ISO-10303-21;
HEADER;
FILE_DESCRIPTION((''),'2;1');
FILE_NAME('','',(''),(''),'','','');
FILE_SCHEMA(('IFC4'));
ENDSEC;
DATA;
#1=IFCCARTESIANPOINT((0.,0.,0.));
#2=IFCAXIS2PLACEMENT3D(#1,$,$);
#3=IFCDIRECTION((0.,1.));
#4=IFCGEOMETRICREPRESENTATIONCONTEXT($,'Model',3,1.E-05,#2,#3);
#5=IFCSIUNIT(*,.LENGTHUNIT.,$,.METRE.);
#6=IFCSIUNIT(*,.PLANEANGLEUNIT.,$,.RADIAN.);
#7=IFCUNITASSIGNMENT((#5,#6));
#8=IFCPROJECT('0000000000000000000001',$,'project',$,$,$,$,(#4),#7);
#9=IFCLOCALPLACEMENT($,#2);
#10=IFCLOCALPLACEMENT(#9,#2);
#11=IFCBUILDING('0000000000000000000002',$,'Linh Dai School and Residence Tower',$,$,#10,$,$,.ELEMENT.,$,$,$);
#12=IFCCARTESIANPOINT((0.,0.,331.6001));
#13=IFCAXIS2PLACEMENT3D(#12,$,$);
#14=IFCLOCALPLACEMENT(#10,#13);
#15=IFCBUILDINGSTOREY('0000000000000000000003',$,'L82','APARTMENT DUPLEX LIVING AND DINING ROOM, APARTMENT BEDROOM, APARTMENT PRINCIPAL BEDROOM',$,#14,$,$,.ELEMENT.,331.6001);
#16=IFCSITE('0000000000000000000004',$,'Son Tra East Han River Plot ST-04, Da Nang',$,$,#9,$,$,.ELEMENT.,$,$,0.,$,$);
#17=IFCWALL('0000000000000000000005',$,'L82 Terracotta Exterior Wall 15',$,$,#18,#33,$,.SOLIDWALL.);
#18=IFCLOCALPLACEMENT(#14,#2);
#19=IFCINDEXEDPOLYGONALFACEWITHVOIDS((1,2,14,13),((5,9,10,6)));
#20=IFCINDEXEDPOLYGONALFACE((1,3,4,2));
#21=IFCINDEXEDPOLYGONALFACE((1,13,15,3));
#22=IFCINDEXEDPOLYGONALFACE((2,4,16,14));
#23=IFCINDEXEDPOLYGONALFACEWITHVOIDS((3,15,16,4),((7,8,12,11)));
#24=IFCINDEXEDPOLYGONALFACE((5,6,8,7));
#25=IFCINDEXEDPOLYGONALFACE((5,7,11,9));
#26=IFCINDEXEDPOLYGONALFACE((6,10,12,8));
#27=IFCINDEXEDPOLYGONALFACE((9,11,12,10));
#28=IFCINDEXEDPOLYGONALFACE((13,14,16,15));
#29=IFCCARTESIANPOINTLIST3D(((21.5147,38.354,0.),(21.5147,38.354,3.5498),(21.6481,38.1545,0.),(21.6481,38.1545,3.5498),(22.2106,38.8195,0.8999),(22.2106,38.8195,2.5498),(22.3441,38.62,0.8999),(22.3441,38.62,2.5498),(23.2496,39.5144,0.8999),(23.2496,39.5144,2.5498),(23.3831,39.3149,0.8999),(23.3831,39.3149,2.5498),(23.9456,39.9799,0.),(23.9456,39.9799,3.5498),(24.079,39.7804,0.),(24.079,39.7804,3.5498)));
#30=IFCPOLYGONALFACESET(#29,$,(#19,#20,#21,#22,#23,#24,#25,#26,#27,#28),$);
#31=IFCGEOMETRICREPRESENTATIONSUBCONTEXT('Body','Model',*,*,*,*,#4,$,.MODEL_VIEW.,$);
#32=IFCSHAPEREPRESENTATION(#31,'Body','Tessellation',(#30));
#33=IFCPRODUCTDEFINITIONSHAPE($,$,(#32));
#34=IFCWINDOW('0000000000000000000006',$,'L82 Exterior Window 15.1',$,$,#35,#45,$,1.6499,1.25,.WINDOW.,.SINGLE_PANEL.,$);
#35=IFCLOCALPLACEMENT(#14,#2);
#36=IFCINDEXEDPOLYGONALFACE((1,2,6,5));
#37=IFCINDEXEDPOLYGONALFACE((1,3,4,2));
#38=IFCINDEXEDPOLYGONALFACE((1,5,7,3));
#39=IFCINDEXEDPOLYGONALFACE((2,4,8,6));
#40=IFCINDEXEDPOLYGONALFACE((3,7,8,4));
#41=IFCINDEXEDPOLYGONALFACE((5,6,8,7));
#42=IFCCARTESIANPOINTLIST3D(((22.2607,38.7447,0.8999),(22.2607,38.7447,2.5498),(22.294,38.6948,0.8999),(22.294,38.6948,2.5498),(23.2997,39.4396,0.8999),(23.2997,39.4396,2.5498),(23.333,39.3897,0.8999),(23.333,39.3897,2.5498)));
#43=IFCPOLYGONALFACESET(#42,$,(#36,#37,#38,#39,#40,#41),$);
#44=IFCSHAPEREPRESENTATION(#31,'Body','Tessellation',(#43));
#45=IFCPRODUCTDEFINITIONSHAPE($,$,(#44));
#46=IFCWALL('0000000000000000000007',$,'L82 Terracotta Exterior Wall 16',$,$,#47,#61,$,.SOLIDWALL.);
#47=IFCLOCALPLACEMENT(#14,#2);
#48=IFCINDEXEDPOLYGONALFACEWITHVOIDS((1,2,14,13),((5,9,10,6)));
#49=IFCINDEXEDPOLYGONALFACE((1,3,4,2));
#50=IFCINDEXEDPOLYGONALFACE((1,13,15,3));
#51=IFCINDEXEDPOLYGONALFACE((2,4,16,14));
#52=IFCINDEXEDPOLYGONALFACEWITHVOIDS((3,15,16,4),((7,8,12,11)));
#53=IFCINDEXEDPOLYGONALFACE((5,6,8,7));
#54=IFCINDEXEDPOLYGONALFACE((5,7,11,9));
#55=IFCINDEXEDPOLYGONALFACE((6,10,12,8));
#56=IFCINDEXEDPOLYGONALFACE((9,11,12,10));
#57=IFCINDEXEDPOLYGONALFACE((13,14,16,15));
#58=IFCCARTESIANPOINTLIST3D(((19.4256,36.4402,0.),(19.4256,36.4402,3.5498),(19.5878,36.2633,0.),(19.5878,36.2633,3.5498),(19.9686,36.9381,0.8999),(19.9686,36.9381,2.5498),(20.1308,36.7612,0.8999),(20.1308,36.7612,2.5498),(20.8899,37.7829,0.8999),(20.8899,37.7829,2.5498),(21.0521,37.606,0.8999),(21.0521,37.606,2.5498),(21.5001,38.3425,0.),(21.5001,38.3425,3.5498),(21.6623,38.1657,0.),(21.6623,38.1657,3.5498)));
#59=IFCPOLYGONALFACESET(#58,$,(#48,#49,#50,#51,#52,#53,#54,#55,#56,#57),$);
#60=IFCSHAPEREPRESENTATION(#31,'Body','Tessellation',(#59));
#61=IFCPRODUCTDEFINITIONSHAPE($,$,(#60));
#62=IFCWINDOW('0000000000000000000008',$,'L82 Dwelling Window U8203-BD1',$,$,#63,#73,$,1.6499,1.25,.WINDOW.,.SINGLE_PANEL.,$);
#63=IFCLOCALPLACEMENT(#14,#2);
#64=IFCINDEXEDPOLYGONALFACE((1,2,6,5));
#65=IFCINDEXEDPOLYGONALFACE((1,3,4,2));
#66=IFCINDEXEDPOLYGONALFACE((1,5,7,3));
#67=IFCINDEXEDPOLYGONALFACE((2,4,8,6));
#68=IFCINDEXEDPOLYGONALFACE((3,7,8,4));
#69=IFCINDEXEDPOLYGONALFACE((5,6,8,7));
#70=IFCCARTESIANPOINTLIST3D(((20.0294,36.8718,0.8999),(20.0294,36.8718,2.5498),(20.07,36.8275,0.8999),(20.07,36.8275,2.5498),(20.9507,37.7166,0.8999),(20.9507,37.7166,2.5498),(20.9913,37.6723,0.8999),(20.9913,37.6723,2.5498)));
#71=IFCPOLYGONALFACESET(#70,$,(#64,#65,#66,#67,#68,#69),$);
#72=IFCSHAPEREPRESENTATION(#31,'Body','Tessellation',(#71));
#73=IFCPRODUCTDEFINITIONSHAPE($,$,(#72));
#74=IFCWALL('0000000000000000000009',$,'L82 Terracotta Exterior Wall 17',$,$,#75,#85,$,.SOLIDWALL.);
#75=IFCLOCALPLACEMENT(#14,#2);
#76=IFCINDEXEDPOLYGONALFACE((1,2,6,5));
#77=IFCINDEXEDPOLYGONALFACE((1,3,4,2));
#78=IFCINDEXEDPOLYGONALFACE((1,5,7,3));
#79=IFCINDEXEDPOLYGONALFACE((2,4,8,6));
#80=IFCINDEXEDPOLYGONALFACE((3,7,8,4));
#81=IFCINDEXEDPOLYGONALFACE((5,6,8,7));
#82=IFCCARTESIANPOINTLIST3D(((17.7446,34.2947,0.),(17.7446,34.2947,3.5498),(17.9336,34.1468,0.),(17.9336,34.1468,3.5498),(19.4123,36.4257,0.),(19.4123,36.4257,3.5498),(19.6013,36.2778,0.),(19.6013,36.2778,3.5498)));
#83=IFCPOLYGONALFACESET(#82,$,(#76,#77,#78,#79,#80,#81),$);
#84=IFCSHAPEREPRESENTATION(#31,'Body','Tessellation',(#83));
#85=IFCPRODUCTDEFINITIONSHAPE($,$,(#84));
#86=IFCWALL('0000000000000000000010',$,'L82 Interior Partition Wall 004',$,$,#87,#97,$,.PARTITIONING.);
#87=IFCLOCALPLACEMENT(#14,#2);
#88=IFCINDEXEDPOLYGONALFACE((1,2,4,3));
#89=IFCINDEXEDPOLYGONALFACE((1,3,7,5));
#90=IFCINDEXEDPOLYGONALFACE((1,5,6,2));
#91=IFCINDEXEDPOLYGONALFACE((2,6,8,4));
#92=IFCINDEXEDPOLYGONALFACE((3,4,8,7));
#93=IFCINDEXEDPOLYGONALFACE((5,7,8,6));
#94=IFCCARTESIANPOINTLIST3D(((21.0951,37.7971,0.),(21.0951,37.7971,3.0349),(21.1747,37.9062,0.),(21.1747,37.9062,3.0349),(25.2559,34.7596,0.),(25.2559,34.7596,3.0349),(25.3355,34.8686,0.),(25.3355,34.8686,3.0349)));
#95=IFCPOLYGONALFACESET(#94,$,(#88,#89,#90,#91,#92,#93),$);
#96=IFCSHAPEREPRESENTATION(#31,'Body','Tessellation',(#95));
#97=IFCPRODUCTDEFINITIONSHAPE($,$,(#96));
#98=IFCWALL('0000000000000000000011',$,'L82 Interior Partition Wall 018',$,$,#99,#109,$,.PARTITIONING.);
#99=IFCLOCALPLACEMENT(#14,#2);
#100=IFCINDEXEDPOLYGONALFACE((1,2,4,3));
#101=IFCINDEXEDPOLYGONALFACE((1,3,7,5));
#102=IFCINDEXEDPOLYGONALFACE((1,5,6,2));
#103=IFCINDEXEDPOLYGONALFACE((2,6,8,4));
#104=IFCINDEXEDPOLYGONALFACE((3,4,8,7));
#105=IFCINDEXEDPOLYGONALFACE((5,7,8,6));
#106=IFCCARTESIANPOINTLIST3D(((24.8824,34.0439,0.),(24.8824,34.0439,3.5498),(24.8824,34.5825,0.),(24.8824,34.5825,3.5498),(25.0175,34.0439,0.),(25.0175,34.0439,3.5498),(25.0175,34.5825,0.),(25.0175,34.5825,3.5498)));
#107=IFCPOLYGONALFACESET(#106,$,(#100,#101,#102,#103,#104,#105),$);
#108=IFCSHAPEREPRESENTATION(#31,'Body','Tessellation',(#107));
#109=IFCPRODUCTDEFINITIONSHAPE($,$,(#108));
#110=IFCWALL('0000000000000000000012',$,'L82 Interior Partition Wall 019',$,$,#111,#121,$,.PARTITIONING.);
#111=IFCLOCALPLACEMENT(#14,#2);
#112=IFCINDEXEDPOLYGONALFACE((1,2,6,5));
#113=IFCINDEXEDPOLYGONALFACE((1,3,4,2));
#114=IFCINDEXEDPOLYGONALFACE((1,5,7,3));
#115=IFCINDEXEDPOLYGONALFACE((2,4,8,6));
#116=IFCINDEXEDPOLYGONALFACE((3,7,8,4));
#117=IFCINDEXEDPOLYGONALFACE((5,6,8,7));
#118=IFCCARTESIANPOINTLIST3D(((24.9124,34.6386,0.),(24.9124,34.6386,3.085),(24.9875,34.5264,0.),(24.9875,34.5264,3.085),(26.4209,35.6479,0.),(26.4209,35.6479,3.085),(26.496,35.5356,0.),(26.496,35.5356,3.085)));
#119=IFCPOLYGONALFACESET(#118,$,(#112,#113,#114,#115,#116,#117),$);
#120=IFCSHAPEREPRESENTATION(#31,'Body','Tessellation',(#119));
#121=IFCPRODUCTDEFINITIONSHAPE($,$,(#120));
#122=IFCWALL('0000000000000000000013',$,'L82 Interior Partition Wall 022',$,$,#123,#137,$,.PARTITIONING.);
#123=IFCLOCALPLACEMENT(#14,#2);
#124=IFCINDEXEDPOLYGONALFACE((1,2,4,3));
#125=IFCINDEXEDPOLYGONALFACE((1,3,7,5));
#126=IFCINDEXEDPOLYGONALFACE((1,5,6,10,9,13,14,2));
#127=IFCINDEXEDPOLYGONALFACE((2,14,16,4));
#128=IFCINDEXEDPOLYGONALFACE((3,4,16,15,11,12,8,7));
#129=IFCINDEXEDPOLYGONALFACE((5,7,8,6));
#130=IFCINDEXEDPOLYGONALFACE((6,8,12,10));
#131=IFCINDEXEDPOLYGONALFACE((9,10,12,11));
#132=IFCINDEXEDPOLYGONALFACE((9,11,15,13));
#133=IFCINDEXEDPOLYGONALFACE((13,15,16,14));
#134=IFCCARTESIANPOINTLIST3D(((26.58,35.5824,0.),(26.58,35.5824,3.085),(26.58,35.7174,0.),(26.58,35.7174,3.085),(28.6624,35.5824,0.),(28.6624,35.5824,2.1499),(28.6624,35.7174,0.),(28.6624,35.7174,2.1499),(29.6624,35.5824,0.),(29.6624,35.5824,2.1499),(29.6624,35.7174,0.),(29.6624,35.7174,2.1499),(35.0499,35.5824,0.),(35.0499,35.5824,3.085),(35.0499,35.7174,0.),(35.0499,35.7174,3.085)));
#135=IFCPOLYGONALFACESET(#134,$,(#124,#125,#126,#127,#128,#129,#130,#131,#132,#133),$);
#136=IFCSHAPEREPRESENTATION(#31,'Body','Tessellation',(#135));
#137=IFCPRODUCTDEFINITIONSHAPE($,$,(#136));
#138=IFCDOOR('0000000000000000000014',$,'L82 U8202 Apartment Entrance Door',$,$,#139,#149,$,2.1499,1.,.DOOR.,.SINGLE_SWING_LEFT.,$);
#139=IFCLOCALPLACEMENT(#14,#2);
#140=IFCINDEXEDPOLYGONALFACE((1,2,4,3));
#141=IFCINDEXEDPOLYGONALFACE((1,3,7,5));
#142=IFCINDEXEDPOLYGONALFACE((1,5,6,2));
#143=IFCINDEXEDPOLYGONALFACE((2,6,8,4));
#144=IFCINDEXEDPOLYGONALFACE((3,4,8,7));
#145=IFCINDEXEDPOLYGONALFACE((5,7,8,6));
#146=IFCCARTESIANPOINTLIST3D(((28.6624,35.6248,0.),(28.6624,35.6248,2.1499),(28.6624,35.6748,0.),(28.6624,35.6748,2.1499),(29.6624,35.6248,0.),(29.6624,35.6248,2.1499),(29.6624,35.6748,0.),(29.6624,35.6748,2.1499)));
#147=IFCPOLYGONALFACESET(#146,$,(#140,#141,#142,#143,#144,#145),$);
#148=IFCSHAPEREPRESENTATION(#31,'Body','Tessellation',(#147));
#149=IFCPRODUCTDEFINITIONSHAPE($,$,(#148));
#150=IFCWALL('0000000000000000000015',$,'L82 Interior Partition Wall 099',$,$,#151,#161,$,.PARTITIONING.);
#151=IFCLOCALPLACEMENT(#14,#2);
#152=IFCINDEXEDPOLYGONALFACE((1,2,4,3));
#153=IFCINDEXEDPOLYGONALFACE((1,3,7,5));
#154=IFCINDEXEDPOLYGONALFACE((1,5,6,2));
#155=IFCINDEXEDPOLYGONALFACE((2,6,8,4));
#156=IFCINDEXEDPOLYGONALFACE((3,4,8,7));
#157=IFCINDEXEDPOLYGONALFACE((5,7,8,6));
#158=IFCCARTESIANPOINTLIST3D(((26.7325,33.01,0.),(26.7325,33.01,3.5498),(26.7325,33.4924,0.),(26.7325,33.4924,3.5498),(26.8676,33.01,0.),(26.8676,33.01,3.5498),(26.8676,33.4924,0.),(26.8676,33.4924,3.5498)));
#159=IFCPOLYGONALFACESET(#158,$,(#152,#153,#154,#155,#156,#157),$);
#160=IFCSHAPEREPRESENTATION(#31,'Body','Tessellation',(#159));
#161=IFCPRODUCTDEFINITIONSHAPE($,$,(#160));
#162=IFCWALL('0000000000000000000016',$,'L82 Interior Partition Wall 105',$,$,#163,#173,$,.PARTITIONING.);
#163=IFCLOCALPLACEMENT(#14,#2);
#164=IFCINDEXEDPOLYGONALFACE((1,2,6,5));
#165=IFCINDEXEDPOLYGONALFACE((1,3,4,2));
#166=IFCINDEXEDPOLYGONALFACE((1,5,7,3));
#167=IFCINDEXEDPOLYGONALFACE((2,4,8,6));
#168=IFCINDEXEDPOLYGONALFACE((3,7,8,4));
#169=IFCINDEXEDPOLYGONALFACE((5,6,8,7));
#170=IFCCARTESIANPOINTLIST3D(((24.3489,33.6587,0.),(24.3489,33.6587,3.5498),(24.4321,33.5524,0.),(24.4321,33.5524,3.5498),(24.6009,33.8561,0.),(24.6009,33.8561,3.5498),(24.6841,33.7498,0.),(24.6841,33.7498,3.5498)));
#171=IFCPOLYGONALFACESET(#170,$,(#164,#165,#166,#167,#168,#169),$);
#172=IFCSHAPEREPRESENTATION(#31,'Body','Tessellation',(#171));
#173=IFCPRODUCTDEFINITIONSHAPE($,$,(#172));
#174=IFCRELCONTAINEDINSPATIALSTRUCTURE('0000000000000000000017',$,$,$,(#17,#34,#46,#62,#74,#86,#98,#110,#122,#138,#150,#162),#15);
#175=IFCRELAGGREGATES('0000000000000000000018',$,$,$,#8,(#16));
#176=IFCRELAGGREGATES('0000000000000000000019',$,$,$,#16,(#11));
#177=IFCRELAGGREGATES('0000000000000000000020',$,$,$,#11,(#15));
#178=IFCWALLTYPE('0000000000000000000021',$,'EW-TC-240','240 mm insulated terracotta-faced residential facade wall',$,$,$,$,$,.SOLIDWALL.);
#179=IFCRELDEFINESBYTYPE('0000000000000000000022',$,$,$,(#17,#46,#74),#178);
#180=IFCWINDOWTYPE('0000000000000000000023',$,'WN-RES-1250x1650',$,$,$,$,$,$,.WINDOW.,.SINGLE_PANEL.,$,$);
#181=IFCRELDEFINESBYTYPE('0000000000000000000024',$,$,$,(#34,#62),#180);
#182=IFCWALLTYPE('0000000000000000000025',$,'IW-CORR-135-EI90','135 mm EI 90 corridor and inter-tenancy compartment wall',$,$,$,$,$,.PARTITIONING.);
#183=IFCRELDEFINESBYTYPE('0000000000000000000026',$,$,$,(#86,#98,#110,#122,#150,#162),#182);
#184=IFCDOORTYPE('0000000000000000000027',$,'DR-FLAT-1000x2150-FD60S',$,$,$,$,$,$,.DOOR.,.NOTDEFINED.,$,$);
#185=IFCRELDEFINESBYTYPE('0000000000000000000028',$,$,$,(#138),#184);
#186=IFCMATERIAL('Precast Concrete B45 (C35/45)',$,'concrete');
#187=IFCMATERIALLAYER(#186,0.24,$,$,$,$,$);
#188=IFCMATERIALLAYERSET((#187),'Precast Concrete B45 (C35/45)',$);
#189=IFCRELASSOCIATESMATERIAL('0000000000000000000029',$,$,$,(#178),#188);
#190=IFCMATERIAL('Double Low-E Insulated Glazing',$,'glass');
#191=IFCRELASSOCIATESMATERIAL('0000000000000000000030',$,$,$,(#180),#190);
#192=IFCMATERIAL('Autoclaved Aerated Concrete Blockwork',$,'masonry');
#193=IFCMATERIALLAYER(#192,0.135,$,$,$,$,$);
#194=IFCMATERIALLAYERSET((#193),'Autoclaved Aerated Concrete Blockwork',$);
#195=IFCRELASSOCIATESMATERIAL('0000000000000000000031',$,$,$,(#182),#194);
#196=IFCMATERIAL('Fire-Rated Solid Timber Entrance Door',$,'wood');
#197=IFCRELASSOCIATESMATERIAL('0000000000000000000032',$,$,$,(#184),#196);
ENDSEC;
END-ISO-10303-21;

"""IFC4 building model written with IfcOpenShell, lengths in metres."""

from ifc_helpers import new_model, si_unit, direction, frame, frame_2d, origin, origin_2d, place, context, subcontext, project, spatial, rectangle, extrude, source, transform, mapped, material, layer, layer_set, type_object, element, fill, save


model = new_model("IFC4")

# Units and contexts
model_context = context("Model", 3, precision=1e-05, world=origin(), true_north=direction((0.0, 1.0)))
body_context = subcontext(model_context, "Body", "Model", "MODEL_VIEW")
ifc_project = project(units=[si_unit("LENGTHUNIT", "METRE"), si_unit("PLANEANGLEUNIT", "RADIAN")], contexts=[model_context])

# Site, building, storey
site_placement = place(None, origin())
site = spatial("IfcSite", under=ifc_project, at=site_placement, Name="Son Tra East Han River Plot ST-04, Da Nang", CompositionType="ELEMENT", RefElevation=0.0)
building_placement = place(site_placement, origin())
building = spatial("IfcBuilding", under=site, at=building_placement, Name="Linh Dai School and Residence Tower", CompositionType="ELEMENT")
storey_placement = place(building_placement, frame((0.0, 0.0, 331.6001)))
storey = spatial("IfcBuildingStorey", under=building, at=storey_placement, Name="L82", Description="APARTMENT DUPLEX LIVING AND DINING ROOM, APARTMENT BEDROOM, APARTMENT PRINCIPAL BEDROOM", CompositionType="ELEMENT", Elevation=331.6001)

# Shared definitions
ifc_material_1 = material(Name="Precast Concrete B45 (C35/45)", Category="concrete")

# Shared definitions
ifc_layer_1 = layer(ifc_material_1, 0.24)
ifc_layer_set_1 = layer_set([ifc_layer_1], Name="Precast Concrete B45 (C35/45)")
wall_type_1 = type_object("IfcWallType", Name="EW-TC-240", Description="240 mm insulated terracotta-faced residential facade wall", PredefinedType="SOLIDWALL", material=ifc_layer_set_1)

# Walls, openings, windows
ifc_material_2 = material(Name="Double Low-E Insulated Glazing", Category="glass")
window_type = type_object("IfcWindowType", Name="WN-RES-1250x1650", PartitioningType="SINGLE_PANEL", PredefinedType="WINDOW", material=ifc_material_2)
shared_shape_1 = source(origin(), body_context, "Body", "SweptSolid", [
    extrude(rectangle(XDim=1.25, YDim=1.6499, at=origin_2d()), frame((0.625, 0.03, 0.825), z_axis=(0.0, -1.0, 0.0), x_axis=(1.0, 0.0, 0.0)), (0.0, 0.0, 1.0), 0.0601),
])
wall_1_placement = place(storey_placement, frame((21.5813, 38.2542, 0.0), z_axis=(0.0, 0.0, 1.0), x_axis=(0.831202, 0.555971, 0.0)))
wall_1 = element("IfcWall", 1, at=wall_1_placement, inside=storey, type_object=wall_type_1, Name="L82 Terracotta Exterior Wall 15", PredefinedType="SOLIDWALL", context=body_context, shape_type="SweptSolid", body=[
    extrude(rectangle(XDim=2.9246, YDim=0.24, at=frame_2d((1.4624, 0.0))), origin(), (0.0, 0.0, 1.0), 3.5498),
])
opening_1_placement = place(wall_1_placement, frame((0.8374, 0.0, 0.8999)))
opening_1 = element("IfcOpeningElement", 2, at=opening_1_placement, cuts=wall_1, PredefinedType="OPENING", context=body_context, shape_type="SweptSolid", body=[
    extrude(rectangle(XDim=1.25, YDim=1.6499, at=origin_2d()), frame((0.625, 0.1299, 0.825), z_axis=(0.0, -1.0, 0.0), x_axis=(1.0, 0.0, 0.0)), (0.0, 0.0, 1.0), 0.26),
])
window_1_placement = place(opening_1_placement, origin())
window_1 = element("IfcWindow", 3, at=window_1_placement, inside=storey, type_object=window_type, Name="L82 Exterior Window 15.1", OverallHeight=1.6499, OverallWidth=1.25, PartitioningType="SINGLE_PANEL", PredefinedType="WINDOW", context=body_context, shape_type="MappedRepresentation", body=[
    mapped(shared_shape_1, transform((0.0, 0.0, 0.0), x_axis=(1.0, 0.0, 0.0), y_axis=(0.0, 1.0, 0.0), z_axis=(0.0, 0.0, 1.0), scale=1.0)),
])
fill(opening_1, window_1)
wall_2_placement = place(storey_placement, frame((19.5068, 36.3518, 0.0), z_axis=(0.0, 0.0, 1.0), x_axis=(0.737021, 0.67587, 0.0)))
wall_2 = element("IfcWall", 4, at=wall_2_placement, inside=storey, type_object=wall_type_1, Name="L82 Terracotta Exterior Wall 16", PredefinedType="SOLIDWALL", context=body_context, shape_type="SweptSolid", body=[
    extrude(rectangle(XDim=2.8147, YDim=0.24, at=frame_2d((1.4072, 0.0))), origin(), (0.0, 0.0, 1.0), 3.5498),
])
opening_2_placement = place(wall_2_placement, frame((0.7366, 0.0, 0.8999)))
opening_2 = element("IfcOpeningElement", 5, at=opening_2_placement, cuts=wall_2, PredefinedType="OPENING", context=body_context, shape_type="SweptSolid", body=[
    extrude(rectangle(XDim=1.25, YDim=1.6499, at=origin_2d()), frame((0.625, 0.1299, 0.825), z_axis=(0.0, -1.0, 0.0), x_axis=(1.0, 0.0, 0.0)), (0.0, 0.0, 1.0), 0.26),
])
window_2_placement = place(opening_2_placement, origin())
window_2 = element("IfcWindow", 6, at=window_2_placement, inside=storey, type_object=window_type, Name="L82 Dwelling Window U8203-BD1", OverallHeight=1.6499, OverallWidth=1.25, PartitioningType="SINGLE_PANEL", PredefinedType="WINDOW", context=body_context, shape_type="MappedRepresentation", body=[
    mapped(shared_shape_1, transform((0.0, 0.0, 0.0), x_axis=(1.0, 0.0, 0.0), y_axis=(0.0, 1.0, 0.0), z_axis=(0.0, 0.0, 1.0), scale=1.0)),
])
fill(opening_2, window_2)

# Walls
wall_3_placement = place(storey_placement, frame((17.8391, 34.2207, 0.0), z_axis=(0.0, 0.0, 1.0), x_axis=(0.616286, 0.787522, 0.0)))
element("IfcWall", 7, at=wall_3_placement, inside=storey, type_object=wall_type_1, Name="L82 Terracotta Exterior Wall 17", PredefinedType="SOLIDWALL", context=body_context, shape_type="SweptSolid", body=[
    extrude(rectangle(XDim=2.7061, YDim=0.24, at=frame_2d((1.353, 0.0))), origin(), (0.0, 0.0, 1.0), 3.5498),
])
ifc_material_3 = material(Name="Autoclaved Aerated Concrete Blockwork", Category="masonry")
ifc_layer_2 = layer(ifc_material_3, 0.135)
ifc_layer_set_2 = layer_set([ifc_layer_2], Name="Autoclaved Aerated Concrete Blockwork")
wall_type_2 = type_object("IfcWallType", Name="IW-CORR-135-EI90", Description="135 mm EI 90 corridor and inter-tenancy compartment wall", PredefinedType="PARTITIONING", material=ifc_layer_set_2)
wall_4_placement = place(storey_placement, frame((21.135, 37.8516, 0.0), z_axis=(0.0, 0.0, 1.0), x_axis=(0.807673, -0.58963, 0.0)))
element("IfcWall", 8, at=wall_4_placement, inside=storey, type_object=wall_type_2, Name="L82 Interior Partition Wall 004", PredefinedType="PARTITIONING", context=body_context, shape_type="SweptSolid", body=[
    extrude(rectangle(XDim=5.1516, YDim=0.135, at=frame_2d((2.5757, 0.0))), origin(), (0.0, 0.0, 1.0), 3.0349),
])
wall_5_placement = place(storey_placement, frame((24.95, 34.0439, 0.0), z_axis=(0.0, 0.0, 1.0), x_axis=(0.0, 1.0, 0.0)))
element("IfcWall", 9, at=wall_5_placement, inside=storey, type_object=wall_type_2, Name="L82 Interior Partition Wall 018", PredefinedType="PARTITIONING", context=body_context, shape_type="SweptSolid", body=[
    extrude(rectangle(XDim=0.5386, YDim=0.135, at=frame_2d((0.2693, 0.0))), origin(), (0.0, 0.0, 1.0), 3.5498),
])
wall_6_placement = place(storey_placement, frame((24.95, 34.5825, 0.0), z_axis=(0.0, 0.0, 1.0), x_axis=(0.831139, 0.556065, 0.0)))
element("IfcWall", 10, at=wall_6_placement, inside=storey, type_object=wall_type_2, Name="L82 Interior Partition Wall 019", PredefinedType="PARTITIONING", context=body_context, shape_type="SweptSolid", body=[
    extrude(rectangle(XDim=1.8149, YDim=0.135, at=frame_2d((0.9075, 0.0))), origin(), (0.0, 0.0, 1.0), 3.085),
])

# Wall, opening, door
wall_7_placement = place(storey_placement, frame((26.5801, 35.6499, 0.0), z_axis=(0.0, 0.0, 1.0), x_axis=(1.0, 0.0, 0.0)))
wall_7 = element("IfcWall", 11, at=wall_7_placement, inside=storey, type_object=wall_type_2, Name="L82 Interior Partition Wall 022", PredefinedType="PARTITIONING", context=body_context, shape_type="SweptSolid", body=[
    extrude(rectangle(XDim=8.47, YDim=0.135, at=frame_2d((4.2349, 0.0))), origin(), (0.0, 0.0, 1.0), 3.085),
])
opening_3_placement = place(wall_7_placement, frame((2.0823, 0.0, 0.0)))
opening_3 = element("IfcOpeningElement", 12, at=opening_3_placement, cuts=wall_7, PredefinedType="OPENING", context=body_context, shape_type="SweptSolid", body=[
    extrude(rectangle(XDim=1.0, YDim=2.1499, at=origin_2d()), frame((0.5, 0.0776, 1.075), z_axis=(0.0, -1.0, 0.0), x_axis=(1.0, 0.0, 0.0)), (0.0, 0.0, 1.0), 0.155),
])
ifc_material_4 = material(Name="Fire-Rated Solid Timber Entrance Door", Category="wood")
door_type = type_object("IfcDoorType", Name="DR-FLAT-1000x2150-FD60S", OperationType="NOTDEFINED", PredefinedType="DOOR", material=ifc_material_4)
shared_shape_2 = source(origin(), body_context, "Body", "SweptSolid", [
    extrude(rectangle(XDim=1.0, YDim=2.1499, at=origin_2d()), frame((0.5, 0.0249, 1.075), z_axis=(0.0, -1.0, 0.0), x_axis=(1.0, 0.0, 0.0)), (0.0, 0.0, 1.0), 0.05),
])
door_placement = place(opening_3_placement, origin())
door = element("IfcDoor", 13, at=door_placement, inside=storey, type_object=door_type, Name="L82 U8202 Apartment Entrance Door", OperationType="SINGLE_SWING_LEFT", OverallHeight=2.1499, OverallWidth=1.0, PredefinedType="DOOR", context=body_context, shape_type="MappedRepresentation", body=[
    mapped(shared_shape_2, transform((0.0, 0.0, 0.0), x_axis=(1.0, 0.0, 0.0), y_axis=(0.0, 1.0, 0.0), z_axis=(0.0, 0.0, 1.0), scale=1.0)),
])
fill(opening_3, door)

# Walls
wall_8_placement = place(storey_placement, frame((26.8, 33.4924, 0.0), z_axis=(0.0, 0.0, 1.0), x_axis=(0.0, -1.0, 0.0)))
element("IfcWall", 14, at=wall_8_placement, inside=storey, type_object=wall_type_2, Name="L82 Interior Partition Wall 099", PredefinedType="PARTITIONING", context=body_context, shape_type="SweptSolid", body=[
    extrude(rectangle(XDim=0.4824, YDim=0.135, at=frame_2d((0.2412, 0.0))), origin(), (0.0, 0.0, 1.0), 3.5498),
])
wall_9_placement = place(storey_placement, frame((24.6426, 33.803, 0.0), z_axis=(0.0, 0.0, 1.0), x_axis=(-0.787376, -0.616473, 0.0)))
element("IfcWall", 15, at=wall_9_placement, inside=storey, type_object=wall_type_2, Name="L82 Interior Partition Wall 105", PredefinedType="PARTITIONING", context=body_context, shape_type="SweptSolid", body=[
    extrude(rectangle(XDim=0.3201, YDim=0.135, at=frame_2d((0.1602, 0.0))), origin(), (0.0, 0.0, 1.0), 3.5498),
])

save(model, "model.ifc")
